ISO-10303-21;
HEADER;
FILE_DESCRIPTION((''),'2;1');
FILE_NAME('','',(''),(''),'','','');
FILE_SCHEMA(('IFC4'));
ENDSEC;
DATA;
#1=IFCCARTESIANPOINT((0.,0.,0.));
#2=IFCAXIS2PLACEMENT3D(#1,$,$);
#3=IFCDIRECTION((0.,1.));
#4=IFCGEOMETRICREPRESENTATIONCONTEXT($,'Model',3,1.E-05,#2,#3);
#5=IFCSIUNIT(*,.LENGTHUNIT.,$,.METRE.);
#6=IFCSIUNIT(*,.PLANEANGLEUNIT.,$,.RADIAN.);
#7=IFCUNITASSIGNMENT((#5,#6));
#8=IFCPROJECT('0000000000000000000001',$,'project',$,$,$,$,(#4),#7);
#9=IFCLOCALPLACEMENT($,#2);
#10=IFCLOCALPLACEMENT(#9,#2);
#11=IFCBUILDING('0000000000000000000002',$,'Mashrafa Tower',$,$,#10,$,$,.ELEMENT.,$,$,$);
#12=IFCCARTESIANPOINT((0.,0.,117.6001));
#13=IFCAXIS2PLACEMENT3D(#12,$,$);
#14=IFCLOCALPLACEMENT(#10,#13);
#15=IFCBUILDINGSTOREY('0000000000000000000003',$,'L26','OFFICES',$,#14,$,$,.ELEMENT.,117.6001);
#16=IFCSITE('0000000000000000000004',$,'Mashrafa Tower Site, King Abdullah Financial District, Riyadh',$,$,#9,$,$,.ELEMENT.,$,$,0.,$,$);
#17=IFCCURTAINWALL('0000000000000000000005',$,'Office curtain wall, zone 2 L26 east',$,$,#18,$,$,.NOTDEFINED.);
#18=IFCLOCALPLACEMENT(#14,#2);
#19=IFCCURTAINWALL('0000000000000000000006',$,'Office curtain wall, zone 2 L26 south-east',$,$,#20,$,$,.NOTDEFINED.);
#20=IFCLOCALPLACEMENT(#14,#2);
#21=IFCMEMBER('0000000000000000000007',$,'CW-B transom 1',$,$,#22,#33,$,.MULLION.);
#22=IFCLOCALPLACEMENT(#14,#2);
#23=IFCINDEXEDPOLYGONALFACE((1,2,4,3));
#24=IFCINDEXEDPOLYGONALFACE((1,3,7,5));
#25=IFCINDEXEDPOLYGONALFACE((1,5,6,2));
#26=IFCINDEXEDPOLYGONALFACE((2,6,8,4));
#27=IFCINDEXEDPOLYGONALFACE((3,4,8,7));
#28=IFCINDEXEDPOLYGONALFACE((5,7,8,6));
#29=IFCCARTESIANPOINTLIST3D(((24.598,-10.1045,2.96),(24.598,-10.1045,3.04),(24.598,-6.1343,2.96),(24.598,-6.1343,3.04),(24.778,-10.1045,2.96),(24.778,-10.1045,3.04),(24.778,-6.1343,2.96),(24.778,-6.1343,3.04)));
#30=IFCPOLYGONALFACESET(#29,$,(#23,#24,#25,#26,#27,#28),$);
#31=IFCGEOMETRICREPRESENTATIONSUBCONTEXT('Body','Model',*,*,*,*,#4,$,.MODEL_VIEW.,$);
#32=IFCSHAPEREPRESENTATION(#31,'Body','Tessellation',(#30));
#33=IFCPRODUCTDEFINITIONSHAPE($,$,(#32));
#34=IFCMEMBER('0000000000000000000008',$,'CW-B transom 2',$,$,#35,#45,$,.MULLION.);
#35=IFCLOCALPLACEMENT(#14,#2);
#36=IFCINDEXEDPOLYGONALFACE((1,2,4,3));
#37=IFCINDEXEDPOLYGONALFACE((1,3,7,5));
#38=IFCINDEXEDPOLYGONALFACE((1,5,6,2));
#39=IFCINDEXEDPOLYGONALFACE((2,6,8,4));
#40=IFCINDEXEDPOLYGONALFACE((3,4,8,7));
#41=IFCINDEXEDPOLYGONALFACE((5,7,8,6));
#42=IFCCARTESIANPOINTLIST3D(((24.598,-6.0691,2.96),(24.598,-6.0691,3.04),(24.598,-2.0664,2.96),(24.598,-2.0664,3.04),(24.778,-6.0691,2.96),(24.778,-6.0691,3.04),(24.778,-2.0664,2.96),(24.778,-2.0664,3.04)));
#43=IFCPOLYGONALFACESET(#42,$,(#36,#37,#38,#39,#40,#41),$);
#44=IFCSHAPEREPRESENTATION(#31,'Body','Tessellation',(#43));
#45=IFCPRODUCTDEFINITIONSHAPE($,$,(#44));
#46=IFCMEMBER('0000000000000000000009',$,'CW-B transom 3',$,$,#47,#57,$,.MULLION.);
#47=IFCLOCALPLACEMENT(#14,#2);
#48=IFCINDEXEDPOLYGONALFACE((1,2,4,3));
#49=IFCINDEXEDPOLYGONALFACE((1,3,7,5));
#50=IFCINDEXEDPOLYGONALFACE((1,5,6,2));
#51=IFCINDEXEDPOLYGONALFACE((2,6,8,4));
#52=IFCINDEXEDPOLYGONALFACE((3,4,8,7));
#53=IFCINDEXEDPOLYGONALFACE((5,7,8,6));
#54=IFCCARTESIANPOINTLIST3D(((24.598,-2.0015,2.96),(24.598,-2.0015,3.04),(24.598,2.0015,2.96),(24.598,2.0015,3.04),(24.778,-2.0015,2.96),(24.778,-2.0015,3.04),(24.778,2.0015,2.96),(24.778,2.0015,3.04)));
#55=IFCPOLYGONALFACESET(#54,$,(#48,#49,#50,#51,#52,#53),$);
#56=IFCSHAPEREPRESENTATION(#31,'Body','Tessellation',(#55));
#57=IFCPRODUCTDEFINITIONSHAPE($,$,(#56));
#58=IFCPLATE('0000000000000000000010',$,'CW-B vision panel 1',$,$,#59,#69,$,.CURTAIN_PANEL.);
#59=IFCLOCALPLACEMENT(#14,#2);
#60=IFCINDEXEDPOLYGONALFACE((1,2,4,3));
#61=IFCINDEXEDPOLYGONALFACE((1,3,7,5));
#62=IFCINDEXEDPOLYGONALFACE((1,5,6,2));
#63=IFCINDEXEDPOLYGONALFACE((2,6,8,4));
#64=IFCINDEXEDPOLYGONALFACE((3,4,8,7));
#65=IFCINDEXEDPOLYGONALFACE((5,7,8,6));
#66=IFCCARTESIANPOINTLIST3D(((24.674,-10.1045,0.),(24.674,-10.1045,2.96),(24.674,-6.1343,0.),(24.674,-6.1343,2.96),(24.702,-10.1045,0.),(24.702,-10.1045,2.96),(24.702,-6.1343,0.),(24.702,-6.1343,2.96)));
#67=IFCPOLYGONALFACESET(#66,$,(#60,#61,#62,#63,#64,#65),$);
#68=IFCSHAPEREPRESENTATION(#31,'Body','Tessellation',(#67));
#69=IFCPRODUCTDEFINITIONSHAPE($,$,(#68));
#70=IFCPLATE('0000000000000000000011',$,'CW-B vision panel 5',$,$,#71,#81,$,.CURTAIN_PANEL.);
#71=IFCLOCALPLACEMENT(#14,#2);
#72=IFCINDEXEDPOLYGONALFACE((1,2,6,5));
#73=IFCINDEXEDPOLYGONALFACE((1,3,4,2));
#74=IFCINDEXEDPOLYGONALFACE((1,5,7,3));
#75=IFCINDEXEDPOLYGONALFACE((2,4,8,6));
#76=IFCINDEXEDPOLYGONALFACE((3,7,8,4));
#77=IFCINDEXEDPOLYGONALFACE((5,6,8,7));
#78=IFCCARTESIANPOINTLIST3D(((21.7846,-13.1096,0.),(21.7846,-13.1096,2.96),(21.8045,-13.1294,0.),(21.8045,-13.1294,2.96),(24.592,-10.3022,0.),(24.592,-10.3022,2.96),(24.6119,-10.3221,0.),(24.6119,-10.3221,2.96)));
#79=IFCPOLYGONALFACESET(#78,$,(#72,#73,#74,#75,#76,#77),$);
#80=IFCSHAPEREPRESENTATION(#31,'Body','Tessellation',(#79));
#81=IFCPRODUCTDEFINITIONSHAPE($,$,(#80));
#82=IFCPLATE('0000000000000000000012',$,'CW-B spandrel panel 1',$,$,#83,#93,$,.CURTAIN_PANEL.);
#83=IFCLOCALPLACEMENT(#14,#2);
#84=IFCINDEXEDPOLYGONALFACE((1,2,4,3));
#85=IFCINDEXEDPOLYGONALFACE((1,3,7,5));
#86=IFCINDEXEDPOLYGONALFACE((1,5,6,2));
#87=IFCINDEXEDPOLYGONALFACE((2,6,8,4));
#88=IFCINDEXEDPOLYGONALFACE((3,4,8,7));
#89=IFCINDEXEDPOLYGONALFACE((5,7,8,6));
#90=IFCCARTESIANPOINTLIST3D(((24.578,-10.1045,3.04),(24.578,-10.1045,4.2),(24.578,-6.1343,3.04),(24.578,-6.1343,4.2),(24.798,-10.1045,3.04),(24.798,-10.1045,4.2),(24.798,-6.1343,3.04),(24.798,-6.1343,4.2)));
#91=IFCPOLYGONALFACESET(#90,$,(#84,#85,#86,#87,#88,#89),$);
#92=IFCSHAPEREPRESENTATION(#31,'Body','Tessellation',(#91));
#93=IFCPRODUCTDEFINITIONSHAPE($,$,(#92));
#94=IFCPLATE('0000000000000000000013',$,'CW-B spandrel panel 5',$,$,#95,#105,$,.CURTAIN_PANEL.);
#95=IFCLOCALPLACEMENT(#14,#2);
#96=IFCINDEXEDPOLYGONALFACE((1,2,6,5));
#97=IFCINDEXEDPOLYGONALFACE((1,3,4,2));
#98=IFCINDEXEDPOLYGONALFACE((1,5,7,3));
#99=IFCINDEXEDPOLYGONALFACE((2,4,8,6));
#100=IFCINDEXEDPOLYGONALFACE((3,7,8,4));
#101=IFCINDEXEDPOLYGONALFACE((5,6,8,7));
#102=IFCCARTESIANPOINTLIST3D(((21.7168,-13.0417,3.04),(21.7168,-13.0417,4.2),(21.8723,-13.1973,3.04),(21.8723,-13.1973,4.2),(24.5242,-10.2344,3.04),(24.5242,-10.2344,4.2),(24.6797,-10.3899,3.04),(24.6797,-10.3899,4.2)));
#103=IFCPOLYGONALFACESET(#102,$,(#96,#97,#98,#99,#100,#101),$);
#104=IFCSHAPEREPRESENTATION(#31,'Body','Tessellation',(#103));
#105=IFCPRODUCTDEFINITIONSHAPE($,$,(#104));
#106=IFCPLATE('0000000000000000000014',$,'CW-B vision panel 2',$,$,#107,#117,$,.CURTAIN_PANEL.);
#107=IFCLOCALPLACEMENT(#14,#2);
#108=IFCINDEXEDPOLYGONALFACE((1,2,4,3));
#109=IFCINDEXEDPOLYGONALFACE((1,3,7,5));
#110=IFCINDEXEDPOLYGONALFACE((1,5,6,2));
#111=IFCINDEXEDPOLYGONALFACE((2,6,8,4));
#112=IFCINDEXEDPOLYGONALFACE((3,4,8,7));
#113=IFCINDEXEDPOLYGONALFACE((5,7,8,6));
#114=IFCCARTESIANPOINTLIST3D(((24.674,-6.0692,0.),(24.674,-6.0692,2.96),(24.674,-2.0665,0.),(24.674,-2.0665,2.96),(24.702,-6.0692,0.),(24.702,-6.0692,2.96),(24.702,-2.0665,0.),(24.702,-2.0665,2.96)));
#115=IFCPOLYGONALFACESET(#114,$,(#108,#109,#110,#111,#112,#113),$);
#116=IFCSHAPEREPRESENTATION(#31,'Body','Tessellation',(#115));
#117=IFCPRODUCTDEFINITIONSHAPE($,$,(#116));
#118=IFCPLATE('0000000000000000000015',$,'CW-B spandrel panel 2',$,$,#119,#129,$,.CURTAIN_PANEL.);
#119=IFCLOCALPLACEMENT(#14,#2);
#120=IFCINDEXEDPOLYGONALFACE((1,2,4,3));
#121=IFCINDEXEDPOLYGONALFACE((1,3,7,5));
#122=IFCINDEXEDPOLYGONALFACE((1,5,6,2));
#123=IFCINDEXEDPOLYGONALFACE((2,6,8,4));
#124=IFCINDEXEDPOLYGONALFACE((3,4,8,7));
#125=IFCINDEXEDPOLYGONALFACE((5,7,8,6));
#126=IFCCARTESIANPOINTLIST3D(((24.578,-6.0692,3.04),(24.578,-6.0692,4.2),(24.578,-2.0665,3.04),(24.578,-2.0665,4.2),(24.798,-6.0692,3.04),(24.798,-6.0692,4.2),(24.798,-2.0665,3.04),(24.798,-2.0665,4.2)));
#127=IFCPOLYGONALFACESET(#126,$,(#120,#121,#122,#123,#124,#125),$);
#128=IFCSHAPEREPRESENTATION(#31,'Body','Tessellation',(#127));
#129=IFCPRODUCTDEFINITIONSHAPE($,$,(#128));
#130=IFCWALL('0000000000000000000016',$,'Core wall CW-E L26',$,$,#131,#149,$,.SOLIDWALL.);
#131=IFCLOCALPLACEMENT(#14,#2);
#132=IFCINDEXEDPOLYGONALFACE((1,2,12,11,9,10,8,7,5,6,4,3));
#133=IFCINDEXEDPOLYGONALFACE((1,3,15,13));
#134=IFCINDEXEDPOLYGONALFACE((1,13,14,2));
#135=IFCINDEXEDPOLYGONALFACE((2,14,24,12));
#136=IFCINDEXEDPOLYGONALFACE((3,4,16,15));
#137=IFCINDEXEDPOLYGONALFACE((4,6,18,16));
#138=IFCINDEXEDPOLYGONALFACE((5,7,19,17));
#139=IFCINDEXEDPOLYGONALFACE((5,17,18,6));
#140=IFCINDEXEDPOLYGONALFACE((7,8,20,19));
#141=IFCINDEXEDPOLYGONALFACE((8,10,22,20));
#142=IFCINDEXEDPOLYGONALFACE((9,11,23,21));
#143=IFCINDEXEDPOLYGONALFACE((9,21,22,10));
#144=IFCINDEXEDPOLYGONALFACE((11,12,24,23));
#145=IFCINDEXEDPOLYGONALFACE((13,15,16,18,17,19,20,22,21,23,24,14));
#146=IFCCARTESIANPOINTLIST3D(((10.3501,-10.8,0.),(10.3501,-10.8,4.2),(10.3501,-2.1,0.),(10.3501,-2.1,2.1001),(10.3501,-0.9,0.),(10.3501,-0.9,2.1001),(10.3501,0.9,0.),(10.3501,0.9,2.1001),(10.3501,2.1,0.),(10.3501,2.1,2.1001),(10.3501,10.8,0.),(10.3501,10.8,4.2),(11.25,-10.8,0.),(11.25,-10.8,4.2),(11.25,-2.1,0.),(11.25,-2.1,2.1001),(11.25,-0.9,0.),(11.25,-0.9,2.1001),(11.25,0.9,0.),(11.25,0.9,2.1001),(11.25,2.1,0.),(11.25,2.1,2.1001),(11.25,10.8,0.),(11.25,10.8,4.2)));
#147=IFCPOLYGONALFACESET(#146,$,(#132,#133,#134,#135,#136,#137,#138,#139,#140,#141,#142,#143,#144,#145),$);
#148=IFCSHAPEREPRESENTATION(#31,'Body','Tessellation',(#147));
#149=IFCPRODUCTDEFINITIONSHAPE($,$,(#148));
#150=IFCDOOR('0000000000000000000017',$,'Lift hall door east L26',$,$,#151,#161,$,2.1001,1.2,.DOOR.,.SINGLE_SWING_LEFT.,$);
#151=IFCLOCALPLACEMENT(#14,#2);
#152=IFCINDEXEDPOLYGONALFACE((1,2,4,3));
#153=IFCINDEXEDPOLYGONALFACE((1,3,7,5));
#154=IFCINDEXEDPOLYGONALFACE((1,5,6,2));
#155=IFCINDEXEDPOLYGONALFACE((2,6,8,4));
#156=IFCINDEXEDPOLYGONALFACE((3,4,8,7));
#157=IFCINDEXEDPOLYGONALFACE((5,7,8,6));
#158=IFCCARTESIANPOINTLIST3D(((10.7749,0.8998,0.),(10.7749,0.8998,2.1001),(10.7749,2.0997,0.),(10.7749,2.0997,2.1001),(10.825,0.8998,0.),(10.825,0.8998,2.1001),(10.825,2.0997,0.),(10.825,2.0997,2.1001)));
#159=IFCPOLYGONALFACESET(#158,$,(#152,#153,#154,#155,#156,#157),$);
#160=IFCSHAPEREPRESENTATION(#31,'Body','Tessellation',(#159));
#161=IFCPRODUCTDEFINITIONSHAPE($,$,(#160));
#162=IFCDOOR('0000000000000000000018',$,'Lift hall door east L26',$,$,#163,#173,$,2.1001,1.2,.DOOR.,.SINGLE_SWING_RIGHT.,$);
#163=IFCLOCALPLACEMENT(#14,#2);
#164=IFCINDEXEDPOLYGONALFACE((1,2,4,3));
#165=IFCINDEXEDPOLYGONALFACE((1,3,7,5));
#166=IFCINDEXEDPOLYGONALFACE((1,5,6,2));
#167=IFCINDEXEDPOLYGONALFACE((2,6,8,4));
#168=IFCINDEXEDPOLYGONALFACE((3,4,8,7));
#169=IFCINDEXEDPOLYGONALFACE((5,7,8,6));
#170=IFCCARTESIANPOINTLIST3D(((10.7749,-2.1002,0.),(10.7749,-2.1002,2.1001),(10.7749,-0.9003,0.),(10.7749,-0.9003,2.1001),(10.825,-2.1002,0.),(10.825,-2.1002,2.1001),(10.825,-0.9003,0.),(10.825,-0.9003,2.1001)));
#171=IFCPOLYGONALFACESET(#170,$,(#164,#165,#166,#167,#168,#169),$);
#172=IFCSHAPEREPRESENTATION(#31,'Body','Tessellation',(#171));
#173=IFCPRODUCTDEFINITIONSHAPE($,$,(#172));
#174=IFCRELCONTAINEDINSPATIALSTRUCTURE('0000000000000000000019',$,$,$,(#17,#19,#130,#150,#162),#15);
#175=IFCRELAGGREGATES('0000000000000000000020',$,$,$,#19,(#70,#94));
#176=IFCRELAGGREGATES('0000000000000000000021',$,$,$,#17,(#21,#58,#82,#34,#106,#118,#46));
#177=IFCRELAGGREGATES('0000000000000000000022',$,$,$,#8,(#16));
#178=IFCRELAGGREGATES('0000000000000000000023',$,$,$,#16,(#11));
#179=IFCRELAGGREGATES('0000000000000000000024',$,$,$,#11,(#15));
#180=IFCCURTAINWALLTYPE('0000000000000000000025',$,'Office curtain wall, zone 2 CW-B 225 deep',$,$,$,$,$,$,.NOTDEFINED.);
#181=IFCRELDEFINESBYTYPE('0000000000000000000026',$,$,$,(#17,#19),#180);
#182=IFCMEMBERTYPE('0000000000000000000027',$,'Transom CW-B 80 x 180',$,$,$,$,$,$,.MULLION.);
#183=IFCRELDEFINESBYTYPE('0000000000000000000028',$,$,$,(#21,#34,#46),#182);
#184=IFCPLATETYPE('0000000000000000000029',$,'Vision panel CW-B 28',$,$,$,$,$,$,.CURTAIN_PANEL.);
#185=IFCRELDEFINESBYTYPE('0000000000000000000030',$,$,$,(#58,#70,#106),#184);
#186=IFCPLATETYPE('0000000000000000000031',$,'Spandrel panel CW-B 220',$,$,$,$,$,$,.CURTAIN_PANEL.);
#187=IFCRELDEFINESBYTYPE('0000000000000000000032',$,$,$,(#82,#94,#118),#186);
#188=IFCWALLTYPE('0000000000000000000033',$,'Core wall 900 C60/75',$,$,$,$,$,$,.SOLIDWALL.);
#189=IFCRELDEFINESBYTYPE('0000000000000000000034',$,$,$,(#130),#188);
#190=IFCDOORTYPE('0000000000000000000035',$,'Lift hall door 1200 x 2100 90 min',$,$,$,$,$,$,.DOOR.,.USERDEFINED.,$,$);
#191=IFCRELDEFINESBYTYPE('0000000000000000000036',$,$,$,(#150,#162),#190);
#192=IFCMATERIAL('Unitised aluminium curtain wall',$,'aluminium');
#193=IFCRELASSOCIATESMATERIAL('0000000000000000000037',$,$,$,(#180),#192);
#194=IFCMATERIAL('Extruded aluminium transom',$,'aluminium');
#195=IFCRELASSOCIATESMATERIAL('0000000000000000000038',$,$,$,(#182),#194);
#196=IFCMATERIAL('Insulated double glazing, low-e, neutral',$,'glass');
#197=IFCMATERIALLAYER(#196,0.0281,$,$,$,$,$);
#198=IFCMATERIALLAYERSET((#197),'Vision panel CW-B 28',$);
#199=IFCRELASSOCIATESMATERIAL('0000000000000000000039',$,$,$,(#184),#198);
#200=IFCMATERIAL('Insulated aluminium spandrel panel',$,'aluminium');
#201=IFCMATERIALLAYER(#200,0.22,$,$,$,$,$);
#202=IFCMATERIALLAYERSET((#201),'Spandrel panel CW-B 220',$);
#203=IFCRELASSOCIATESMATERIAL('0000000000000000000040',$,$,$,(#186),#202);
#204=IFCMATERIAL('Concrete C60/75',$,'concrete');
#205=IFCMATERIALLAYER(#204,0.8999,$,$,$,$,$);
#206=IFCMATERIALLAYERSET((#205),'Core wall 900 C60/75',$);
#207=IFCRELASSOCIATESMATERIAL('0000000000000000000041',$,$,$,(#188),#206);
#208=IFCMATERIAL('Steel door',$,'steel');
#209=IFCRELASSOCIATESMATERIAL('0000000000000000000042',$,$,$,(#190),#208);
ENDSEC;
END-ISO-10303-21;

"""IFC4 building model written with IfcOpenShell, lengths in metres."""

from ifc_helpers import new_model, si_unit, direction, frame, frame_2d, origin, origin_2d, place, context, subcontext, project, spatial, rectangle, extrude, source, transform, mapped, material, layer, layer_set, material_profile, profile_set, type_object, type_shapes, element, fill, aggregate, save


model = new_model("IFC4")

# Units and contexts
model_context = context("Model", 3, precision=1e-05, world=origin(), true_north=direction((0.0, 1.0)))
body_context = subcontext(model_context, "Body", "Model", "MODEL_VIEW")
ifc_project = project(units=[si_unit("LENGTHUNIT", "METRE"), si_unit("PLANEANGLEUNIT", "RADIAN")], contexts=[model_context])

# Site, building, storey
site_placement = place(None, origin())
site = spatial("IfcSite", under=ifc_project, at=site_placement, Name="Mashrafa Tower Site, King Abdullah Financial District, Riyadh", CompositionType="ELEMENT", RefElevation=0.0)
building_placement = place(site_placement, origin())
building = spatial("IfcBuilding", under=site, at=building_placement, Name="Mashrafa Tower", CompositionType="ELEMENT")
storey_placement = place(building_placement, frame((0.0, 0.0, 117.6001)))
storey = spatial("IfcBuildingStorey", under=building, at=storey_placement, Name="L26", Description="OFFICES", CompositionType="ELEMENT", Elevation=117.6001)

# Curtain wall
ifc_material_1 = material(Name="Unitised aluminium curtain wall", Category="aluminium")
curtain_wall_type = type_object("IfcCurtainWallType", Name="Office curtain wall, zone 2 CW-B 225 deep", PredefinedType="NOTDEFINED", material=ifc_material_1)
curtain_wall_1_placement = place(storey_placement, origin())
curtain_wall_1 = element("IfcCurtainWall", 1, at=curtain_wall_1_placement, inside=storey, type_object=curtain_wall_type, Name="Office curtain wall, zone 2 L26 east", PredefinedType="NOTDEFINED")

# Curtain wall
curtain_wall_2_placement = place(storey_placement, origin())
curtain_wall_2 = element("IfcCurtainWall", 2, at=curtain_wall_2_placement, inside=storey, type_object=curtain_wall_type, Name="Office curtain wall, zone 2 L26 south-east", PredefinedType="NOTDEFINED")

# Members
ifc_material_2 = material(Name="Extruded aluminium transom", Category="aluminium")
ifc_material_profile_1 = material_profile(ifc_material_2, rectangle(XDim=0.1799, YDim=0.0801, at=origin_2d()), Name="Transom 80x180")
ifc_profile_set_1 = profile_set([ifc_material_profile_1], Name="Extruded aluminium transom")
member_type_1 = type_object("IfcMemberType", Name="Transom CW-B 80 x 180", PredefinedType="MULLION", material=ifc_profile_set_1)
shared_shape_1 = source(origin(), body_context, "Body", "SweptSolid", [
    extrude(rectangle(XDim=0.1799, YDim=0.0801, at=origin_2d()), origin(), (0.0, 0.0, 1.0), 3.9702),
])
member_1_placement = place(storey_placement, frame((24.688, -10.1045, 3.0), z_axis=(0.0, 1.0, 0.0), x_axis=(-1.0, 0.0, 0.0)))
member_1 = element("IfcMember", 3, at=member_1_placement, type_object=member_type_1, Name="CW-B transom 1", PredefinedType="MULLION", context=body_context, shape_type="MappedRepresentation", body=[
    mapped(shared_shape_1, transform((0.0, 0.0, 0.0))),
])
shared_shape_2 = source(origin(), body_context, "Body", "SweptSolid", [
    extrude(rectangle(XDim=0.1799, YDim=0.0801, at=origin_2d()), origin(), (0.0, 0.0, 1.0), 4.0027),
])
member_2_placement = place(storey_placement, frame((24.688, -6.0691, 3.0), z_axis=(0.0, 1.0, 0.0), x_axis=(-1.0, 0.0, 0.0)))
member_2 = element("IfcMember", 4, at=member_2_placement, type_object=member_type_1, Name="CW-B transom 2", PredefinedType="MULLION", context=body_context, shape_type="MappedRepresentation", body=[
    mapped(shared_shape_2, transform((0.0, 0.0, 0.0))),
])
shared_shape_3 = source(origin(), body_context, "Body", "SweptSolid", [
    extrude(rectangle(XDim=0.1799, YDim=0.0801, at=origin_2d()), origin(), (0.0, 0.0, 1.0), 4.0029),
])
type_shapes(member_type_1, [shared_shape_1, shared_shape_2, shared_shape_3])
member_3_placement = place(storey_placement, frame((24.688, -2.0015, 3.0), z_axis=(0.0, 1.0, 0.0), x_axis=(-1.0, 0.0, 0.0)))
member_3 = element("IfcMember", 5, at=member_3_placement, type_object=member_type_1, Name="CW-B transom 3", PredefinedType="MULLION", context=body_context, shape_type="MappedRepresentation", body=[
    mapped(shared_shape_3, transform((0.0, 0.0, 0.0))),
])

# Plates
ifc_material_3 = material(Name="Insulated double glazing, low-e, neutral", Category="glass")
ifc_layer_1 = layer(ifc_material_3, 0.0281)
ifc_layer_set_1 = layer_set([ifc_layer_1], Name="Vision panel CW-B 28")
plate_type_1 = type_object("IfcPlateType", Name="Vision panel CW-B 28", PredefinedType="CURTAIN_PANEL", material=ifc_layer_set_1)
shared_shape_4 = source(origin(), body_context, "Body", "SweptSolid", [
    extrude(rectangle(XDim=3.9702, YDim=0.0281, at=origin_2d()), origin(), (0.0, 0.0, 1.0), 2.96),
])
plate_1_placement = place(storey_placement, frame((24.688, -8.1194, 0.0), z_axis=(0.0, 0.0, 1.0), x_axis=(0.0, 1.0, 0.0)))
plate_1 = element("IfcPlate", 6, at=plate_1_placement, type_object=plate_type_1, Name="CW-B vision panel 1", PredefinedType="CURTAIN_PANEL", context=body_context, shape_type="MappedRepresentation", body=[
    mapped(shared_shape_4, transform((0.0, 0.0, 0.0))),
])
plate_2_placement = place(storey_placement, frame((23.1982, -11.7158, 0.0), z_axis=(0.0, 0.0, 1.0), x_axis=(0.707107, 0.707107, 0.0)))
plate_2 = element("IfcPlate", 7, at=plate_2_placement, type_object=plate_type_1, Name="CW-B vision panel 5", PredefinedType="CURTAIN_PANEL", context=body_context, shape_type="MappedRepresentation", body=[
    mapped(shared_shape_4, transform((0.0, 0.0, 0.0))),
])
ifc_material_4 = material(Name="Insulated aluminium spandrel panel", Category="aluminium")
ifc_layer_2 = layer(ifc_material_4, 0.22)
ifc_layer_set_2 = layer_set([ifc_layer_2], Name="Spandrel panel CW-B 220")
plate_type_2 = type_object("IfcPlateType", Name="Spandrel panel CW-B 220", PredefinedType="CURTAIN_PANEL", material=ifc_layer_set_2)
shared_shape_5 = source(origin(), body_context, "Body", "SweptSolid", [
    extrude(rectangle(XDim=3.9702, YDim=0.22, at=origin_2d()), origin(), (0.0, 0.0, 1.0), 1.1599),
])
plate_3_placement = place(storey_placement, frame((24.688, -8.1194, 3.04), z_axis=(0.0, 0.0, 1.0), x_axis=(0.0, 1.0, 0.0)))
plate_3 = element("IfcPlate", 8, at=plate_3_placement, type_object=plate_type_2, Name="CW-B spandrel panel 1", PredefinedType="CURTAIN_PANEL", context=body_context, shape_type="MappedRepresentation", body=[
    mapped(shared_shape_5, transform((0.0, 0.0, 0.0))),
])
plate_4_placement = place(storey_placement, frame((23.1982, -11.7158, 3.04), z_axis=(0.0, 0.0, 1.0), x_axis=(0.707107, 0.707107, 0.0)))
plate_4 = element("IfcPlate", 9, at=plate_4_placement, type_object=plate_type_2, Name="CW-B spandrel panel 5", PredefinedType="CURTAIN_PANEL", context=body_context, shape_type="MappedRepresentation", body=[
    mapped(shared_shape_5, transform((0.0, 0.0, 0.0))),
])
aggregate(curtain_wall_2, [plate_2, plate_4])
shared_shape_6 = source(origin(), body_context, "Body", "SweptSolid", [
    extrude(rectangle(XDim=4.0027, YDim=0.0281, at=origin_2d()), origin(), (0.0, 0.0, 1.0), 2.96),
])
type_shapes(plate_type_1, [shared_shape_4, shared_shape_6])
plate_5_placement = place(storey_placement, frame((24.688, -4.0679, 0.0), z_axis=(0.0, 0.0, 1.0), x_axis=(0.0, 1.0, 0.0)))
plate_5 = element("IfcPlate", 10, at=plate_5_placement, type_object=plate_type_1, Name="CW-B vision panel 2", PredefinedType="CURTAIN_PANEL", context=body_context, shape_type="MappedRepresentation", body=[
    mapped(shared_shape_6, transform((0.0, 0.0, 0.0))),
])
shared_shape_7 = source(origin(), body_context, "Body", "SweptSolid", [
    extrude(rectangle(XDim=4.0027, YDim=0.22, at=origin_2d()), origin(), (0.0, 0.0, 1.0), 1.1599),
])
type_shapes(plate_type_2, [shared_shape_5, shared_shape_7])
plate_6_placement = place(storey_placement, frame((24.688, -4.0679, 3.04), z_axis=(0.0, 0.0, 1.0), x_axis=(0.0, 1.0, 0.0)))
plate_6 = element("IfcPlate", 11, at=plate_6_placement, type_object=plate_type_2, Name="CW-B spandrel panel 2", PredefinedType="CURTAIN_PANEL", context=body_context, shape_type="MappedRepresentation", body=[
    mapped(shared_shape_7, transform((0.0, 0.0, 0.0))),
])
aggregate(curtain_wall_1, [member_1, plate_1, plate_3, member_2, plate_5, plate_6, member_3])

# Wall, openings, doors
ifc_material_5 = material(Name="Concrete C60/75", Category="concrete")
ifc_layer_3 = layer(ifc_material_5, 0.8999)
ifc_layer_set_3 = layer_set([ifc_layer_3], Name="Core wall 900 C60/75")
wall_type_1 = type_object("IfcWallType", Name="Core wall 900 C60/75", PredefinedType="SOLIDWALL", material=ifc_layer_set_3)
wall_1_placement = place(storey_placement, frame((10.8, -10.8, 0.0), z_axis=(0.0, 0.0, 1.0), x_axis=(0.0, 1.0, 0.0)))
wall_1 = element("IfcWall", 12, at=wall_1_placement, inside=storey, type_object=wall_type_1, Name="Core wall CW-E L26", PredefinedType="SOLIDWALL", context=body_context, shape_type="SweptSolid", body=[
    extrude(rectangle(XDim=21.6001, YDim=0.8999, at=frame_2d((10.8, 0.0))), origin(), (0.0, 0.0, 1.0), 4.2),
])
opening_1_placement = place(wall_1_placement, frame((11.7, 0.0, 0.0)))
opening_1 = element("IfcOpeningElement", 13, at=opening_1_placement, cuts=wall_1, PredefinedType="OPENING", context=body_context, shape_type="SweptSolid", body=[
    extrude(rectangle(XDim=1.2, YDim=2.1001, at=frame_2d((0.6001, 1.05))), frame((0.0, 0.46, 0.0), z_axis=(0.0, -1.0, 0.0), x_axis=(1.0, 0.0, 0.0)), (0.0, 0.0, 1.0), 0.9199),
])
opening_2_placement = place(wall_1_placement, frame((8.7, 0.0, 0.0)))
opening_2 = element("IfcOpeningElement", 14, at=opening_2_placement, cuts=wall_1, PredefinedType="OPENING", context=body_context, shape_type="SweptSolid", body=[
    extrude(rectangle(XDim=1.2, YDim=2.1001, at=frame_2d((0.6001, 1.05))), frame((0.0, 0.46, 0.0), z_axis=(0.0, -1.0, 0.0), x_axis=(1.0, 0.0, 0.0)), (0.0, 0.0, 1.0), 0.9199),
])
ifc_material_6 = material(Name="Steel door", Category="steel")
door_type = type_object("IfcDoorType", Name="Lift hall door 1200 x 2100 90 min", OperationType="USERDEFINED", PredefinedType="DOOR", material=ifc_material_6)
door_1_placement = place(opening_1_placement, frame((1.2, 0.0, 0.0), z_axis=(0.0, 0.0, 1.0), x_axis=(-1.0, 0.0, 0.0)))
door_1 = element("IfcDoor", 15, at=door_1_placement, inside=storey, type_object=door_type, Name="Lift hall door east L26", OperationType="SINGLE_SWING_LEFT", OverallHeight=2.1001, OverallWidth=1.2, PredefinedType="DOOR", context=body_context, shape_type="SweptSolid", body=[
    extrude(rectangle(XDim=1.2, YDim=2.1001, at=frame_2d((0.6001, 1.05))), frame((0.0, 0.0249, 0.0), z_axis=(0.0, -1.0, 0.0), x_axis=(1.0, 0.0, 0.0)), (0.0, 0.0, 1.0), 0.05),
])
fill(opening_1, door_1)
door_2_placement = place(opening_2_placement, frame((1.2, 0.0, 0.0), z_axis=(0.0, 0.0, 1.0), x_axis=(-1.0, 0.0, 0.0)))
door_2 = element("IfcDoor", 16, at=door_2_placement, inside=storey, type_object=door_type, Name="Lift hall door east L26", OperationType="SINGLE_SWING_RIGHT", OverallHeight=2.1001, OverallWidth=1.2, PredefinedType="DOOR", context=body_context, shape_type="SweptSolid", body=[
    extrude(rectangle(XDim=1.2, YDim=2.1001, at=frame_2d((0.6001, 1.05))), frame((0.0, 0.0249, 0.0), z_axis=(0.0, -1.0, 0.0), x_axis=(1.0, 0.0, 0.0)), (0.0, 0.0, 1.0), 0.05),
])
fill(opening_2, door_2)

save(model, "model.ifc")
